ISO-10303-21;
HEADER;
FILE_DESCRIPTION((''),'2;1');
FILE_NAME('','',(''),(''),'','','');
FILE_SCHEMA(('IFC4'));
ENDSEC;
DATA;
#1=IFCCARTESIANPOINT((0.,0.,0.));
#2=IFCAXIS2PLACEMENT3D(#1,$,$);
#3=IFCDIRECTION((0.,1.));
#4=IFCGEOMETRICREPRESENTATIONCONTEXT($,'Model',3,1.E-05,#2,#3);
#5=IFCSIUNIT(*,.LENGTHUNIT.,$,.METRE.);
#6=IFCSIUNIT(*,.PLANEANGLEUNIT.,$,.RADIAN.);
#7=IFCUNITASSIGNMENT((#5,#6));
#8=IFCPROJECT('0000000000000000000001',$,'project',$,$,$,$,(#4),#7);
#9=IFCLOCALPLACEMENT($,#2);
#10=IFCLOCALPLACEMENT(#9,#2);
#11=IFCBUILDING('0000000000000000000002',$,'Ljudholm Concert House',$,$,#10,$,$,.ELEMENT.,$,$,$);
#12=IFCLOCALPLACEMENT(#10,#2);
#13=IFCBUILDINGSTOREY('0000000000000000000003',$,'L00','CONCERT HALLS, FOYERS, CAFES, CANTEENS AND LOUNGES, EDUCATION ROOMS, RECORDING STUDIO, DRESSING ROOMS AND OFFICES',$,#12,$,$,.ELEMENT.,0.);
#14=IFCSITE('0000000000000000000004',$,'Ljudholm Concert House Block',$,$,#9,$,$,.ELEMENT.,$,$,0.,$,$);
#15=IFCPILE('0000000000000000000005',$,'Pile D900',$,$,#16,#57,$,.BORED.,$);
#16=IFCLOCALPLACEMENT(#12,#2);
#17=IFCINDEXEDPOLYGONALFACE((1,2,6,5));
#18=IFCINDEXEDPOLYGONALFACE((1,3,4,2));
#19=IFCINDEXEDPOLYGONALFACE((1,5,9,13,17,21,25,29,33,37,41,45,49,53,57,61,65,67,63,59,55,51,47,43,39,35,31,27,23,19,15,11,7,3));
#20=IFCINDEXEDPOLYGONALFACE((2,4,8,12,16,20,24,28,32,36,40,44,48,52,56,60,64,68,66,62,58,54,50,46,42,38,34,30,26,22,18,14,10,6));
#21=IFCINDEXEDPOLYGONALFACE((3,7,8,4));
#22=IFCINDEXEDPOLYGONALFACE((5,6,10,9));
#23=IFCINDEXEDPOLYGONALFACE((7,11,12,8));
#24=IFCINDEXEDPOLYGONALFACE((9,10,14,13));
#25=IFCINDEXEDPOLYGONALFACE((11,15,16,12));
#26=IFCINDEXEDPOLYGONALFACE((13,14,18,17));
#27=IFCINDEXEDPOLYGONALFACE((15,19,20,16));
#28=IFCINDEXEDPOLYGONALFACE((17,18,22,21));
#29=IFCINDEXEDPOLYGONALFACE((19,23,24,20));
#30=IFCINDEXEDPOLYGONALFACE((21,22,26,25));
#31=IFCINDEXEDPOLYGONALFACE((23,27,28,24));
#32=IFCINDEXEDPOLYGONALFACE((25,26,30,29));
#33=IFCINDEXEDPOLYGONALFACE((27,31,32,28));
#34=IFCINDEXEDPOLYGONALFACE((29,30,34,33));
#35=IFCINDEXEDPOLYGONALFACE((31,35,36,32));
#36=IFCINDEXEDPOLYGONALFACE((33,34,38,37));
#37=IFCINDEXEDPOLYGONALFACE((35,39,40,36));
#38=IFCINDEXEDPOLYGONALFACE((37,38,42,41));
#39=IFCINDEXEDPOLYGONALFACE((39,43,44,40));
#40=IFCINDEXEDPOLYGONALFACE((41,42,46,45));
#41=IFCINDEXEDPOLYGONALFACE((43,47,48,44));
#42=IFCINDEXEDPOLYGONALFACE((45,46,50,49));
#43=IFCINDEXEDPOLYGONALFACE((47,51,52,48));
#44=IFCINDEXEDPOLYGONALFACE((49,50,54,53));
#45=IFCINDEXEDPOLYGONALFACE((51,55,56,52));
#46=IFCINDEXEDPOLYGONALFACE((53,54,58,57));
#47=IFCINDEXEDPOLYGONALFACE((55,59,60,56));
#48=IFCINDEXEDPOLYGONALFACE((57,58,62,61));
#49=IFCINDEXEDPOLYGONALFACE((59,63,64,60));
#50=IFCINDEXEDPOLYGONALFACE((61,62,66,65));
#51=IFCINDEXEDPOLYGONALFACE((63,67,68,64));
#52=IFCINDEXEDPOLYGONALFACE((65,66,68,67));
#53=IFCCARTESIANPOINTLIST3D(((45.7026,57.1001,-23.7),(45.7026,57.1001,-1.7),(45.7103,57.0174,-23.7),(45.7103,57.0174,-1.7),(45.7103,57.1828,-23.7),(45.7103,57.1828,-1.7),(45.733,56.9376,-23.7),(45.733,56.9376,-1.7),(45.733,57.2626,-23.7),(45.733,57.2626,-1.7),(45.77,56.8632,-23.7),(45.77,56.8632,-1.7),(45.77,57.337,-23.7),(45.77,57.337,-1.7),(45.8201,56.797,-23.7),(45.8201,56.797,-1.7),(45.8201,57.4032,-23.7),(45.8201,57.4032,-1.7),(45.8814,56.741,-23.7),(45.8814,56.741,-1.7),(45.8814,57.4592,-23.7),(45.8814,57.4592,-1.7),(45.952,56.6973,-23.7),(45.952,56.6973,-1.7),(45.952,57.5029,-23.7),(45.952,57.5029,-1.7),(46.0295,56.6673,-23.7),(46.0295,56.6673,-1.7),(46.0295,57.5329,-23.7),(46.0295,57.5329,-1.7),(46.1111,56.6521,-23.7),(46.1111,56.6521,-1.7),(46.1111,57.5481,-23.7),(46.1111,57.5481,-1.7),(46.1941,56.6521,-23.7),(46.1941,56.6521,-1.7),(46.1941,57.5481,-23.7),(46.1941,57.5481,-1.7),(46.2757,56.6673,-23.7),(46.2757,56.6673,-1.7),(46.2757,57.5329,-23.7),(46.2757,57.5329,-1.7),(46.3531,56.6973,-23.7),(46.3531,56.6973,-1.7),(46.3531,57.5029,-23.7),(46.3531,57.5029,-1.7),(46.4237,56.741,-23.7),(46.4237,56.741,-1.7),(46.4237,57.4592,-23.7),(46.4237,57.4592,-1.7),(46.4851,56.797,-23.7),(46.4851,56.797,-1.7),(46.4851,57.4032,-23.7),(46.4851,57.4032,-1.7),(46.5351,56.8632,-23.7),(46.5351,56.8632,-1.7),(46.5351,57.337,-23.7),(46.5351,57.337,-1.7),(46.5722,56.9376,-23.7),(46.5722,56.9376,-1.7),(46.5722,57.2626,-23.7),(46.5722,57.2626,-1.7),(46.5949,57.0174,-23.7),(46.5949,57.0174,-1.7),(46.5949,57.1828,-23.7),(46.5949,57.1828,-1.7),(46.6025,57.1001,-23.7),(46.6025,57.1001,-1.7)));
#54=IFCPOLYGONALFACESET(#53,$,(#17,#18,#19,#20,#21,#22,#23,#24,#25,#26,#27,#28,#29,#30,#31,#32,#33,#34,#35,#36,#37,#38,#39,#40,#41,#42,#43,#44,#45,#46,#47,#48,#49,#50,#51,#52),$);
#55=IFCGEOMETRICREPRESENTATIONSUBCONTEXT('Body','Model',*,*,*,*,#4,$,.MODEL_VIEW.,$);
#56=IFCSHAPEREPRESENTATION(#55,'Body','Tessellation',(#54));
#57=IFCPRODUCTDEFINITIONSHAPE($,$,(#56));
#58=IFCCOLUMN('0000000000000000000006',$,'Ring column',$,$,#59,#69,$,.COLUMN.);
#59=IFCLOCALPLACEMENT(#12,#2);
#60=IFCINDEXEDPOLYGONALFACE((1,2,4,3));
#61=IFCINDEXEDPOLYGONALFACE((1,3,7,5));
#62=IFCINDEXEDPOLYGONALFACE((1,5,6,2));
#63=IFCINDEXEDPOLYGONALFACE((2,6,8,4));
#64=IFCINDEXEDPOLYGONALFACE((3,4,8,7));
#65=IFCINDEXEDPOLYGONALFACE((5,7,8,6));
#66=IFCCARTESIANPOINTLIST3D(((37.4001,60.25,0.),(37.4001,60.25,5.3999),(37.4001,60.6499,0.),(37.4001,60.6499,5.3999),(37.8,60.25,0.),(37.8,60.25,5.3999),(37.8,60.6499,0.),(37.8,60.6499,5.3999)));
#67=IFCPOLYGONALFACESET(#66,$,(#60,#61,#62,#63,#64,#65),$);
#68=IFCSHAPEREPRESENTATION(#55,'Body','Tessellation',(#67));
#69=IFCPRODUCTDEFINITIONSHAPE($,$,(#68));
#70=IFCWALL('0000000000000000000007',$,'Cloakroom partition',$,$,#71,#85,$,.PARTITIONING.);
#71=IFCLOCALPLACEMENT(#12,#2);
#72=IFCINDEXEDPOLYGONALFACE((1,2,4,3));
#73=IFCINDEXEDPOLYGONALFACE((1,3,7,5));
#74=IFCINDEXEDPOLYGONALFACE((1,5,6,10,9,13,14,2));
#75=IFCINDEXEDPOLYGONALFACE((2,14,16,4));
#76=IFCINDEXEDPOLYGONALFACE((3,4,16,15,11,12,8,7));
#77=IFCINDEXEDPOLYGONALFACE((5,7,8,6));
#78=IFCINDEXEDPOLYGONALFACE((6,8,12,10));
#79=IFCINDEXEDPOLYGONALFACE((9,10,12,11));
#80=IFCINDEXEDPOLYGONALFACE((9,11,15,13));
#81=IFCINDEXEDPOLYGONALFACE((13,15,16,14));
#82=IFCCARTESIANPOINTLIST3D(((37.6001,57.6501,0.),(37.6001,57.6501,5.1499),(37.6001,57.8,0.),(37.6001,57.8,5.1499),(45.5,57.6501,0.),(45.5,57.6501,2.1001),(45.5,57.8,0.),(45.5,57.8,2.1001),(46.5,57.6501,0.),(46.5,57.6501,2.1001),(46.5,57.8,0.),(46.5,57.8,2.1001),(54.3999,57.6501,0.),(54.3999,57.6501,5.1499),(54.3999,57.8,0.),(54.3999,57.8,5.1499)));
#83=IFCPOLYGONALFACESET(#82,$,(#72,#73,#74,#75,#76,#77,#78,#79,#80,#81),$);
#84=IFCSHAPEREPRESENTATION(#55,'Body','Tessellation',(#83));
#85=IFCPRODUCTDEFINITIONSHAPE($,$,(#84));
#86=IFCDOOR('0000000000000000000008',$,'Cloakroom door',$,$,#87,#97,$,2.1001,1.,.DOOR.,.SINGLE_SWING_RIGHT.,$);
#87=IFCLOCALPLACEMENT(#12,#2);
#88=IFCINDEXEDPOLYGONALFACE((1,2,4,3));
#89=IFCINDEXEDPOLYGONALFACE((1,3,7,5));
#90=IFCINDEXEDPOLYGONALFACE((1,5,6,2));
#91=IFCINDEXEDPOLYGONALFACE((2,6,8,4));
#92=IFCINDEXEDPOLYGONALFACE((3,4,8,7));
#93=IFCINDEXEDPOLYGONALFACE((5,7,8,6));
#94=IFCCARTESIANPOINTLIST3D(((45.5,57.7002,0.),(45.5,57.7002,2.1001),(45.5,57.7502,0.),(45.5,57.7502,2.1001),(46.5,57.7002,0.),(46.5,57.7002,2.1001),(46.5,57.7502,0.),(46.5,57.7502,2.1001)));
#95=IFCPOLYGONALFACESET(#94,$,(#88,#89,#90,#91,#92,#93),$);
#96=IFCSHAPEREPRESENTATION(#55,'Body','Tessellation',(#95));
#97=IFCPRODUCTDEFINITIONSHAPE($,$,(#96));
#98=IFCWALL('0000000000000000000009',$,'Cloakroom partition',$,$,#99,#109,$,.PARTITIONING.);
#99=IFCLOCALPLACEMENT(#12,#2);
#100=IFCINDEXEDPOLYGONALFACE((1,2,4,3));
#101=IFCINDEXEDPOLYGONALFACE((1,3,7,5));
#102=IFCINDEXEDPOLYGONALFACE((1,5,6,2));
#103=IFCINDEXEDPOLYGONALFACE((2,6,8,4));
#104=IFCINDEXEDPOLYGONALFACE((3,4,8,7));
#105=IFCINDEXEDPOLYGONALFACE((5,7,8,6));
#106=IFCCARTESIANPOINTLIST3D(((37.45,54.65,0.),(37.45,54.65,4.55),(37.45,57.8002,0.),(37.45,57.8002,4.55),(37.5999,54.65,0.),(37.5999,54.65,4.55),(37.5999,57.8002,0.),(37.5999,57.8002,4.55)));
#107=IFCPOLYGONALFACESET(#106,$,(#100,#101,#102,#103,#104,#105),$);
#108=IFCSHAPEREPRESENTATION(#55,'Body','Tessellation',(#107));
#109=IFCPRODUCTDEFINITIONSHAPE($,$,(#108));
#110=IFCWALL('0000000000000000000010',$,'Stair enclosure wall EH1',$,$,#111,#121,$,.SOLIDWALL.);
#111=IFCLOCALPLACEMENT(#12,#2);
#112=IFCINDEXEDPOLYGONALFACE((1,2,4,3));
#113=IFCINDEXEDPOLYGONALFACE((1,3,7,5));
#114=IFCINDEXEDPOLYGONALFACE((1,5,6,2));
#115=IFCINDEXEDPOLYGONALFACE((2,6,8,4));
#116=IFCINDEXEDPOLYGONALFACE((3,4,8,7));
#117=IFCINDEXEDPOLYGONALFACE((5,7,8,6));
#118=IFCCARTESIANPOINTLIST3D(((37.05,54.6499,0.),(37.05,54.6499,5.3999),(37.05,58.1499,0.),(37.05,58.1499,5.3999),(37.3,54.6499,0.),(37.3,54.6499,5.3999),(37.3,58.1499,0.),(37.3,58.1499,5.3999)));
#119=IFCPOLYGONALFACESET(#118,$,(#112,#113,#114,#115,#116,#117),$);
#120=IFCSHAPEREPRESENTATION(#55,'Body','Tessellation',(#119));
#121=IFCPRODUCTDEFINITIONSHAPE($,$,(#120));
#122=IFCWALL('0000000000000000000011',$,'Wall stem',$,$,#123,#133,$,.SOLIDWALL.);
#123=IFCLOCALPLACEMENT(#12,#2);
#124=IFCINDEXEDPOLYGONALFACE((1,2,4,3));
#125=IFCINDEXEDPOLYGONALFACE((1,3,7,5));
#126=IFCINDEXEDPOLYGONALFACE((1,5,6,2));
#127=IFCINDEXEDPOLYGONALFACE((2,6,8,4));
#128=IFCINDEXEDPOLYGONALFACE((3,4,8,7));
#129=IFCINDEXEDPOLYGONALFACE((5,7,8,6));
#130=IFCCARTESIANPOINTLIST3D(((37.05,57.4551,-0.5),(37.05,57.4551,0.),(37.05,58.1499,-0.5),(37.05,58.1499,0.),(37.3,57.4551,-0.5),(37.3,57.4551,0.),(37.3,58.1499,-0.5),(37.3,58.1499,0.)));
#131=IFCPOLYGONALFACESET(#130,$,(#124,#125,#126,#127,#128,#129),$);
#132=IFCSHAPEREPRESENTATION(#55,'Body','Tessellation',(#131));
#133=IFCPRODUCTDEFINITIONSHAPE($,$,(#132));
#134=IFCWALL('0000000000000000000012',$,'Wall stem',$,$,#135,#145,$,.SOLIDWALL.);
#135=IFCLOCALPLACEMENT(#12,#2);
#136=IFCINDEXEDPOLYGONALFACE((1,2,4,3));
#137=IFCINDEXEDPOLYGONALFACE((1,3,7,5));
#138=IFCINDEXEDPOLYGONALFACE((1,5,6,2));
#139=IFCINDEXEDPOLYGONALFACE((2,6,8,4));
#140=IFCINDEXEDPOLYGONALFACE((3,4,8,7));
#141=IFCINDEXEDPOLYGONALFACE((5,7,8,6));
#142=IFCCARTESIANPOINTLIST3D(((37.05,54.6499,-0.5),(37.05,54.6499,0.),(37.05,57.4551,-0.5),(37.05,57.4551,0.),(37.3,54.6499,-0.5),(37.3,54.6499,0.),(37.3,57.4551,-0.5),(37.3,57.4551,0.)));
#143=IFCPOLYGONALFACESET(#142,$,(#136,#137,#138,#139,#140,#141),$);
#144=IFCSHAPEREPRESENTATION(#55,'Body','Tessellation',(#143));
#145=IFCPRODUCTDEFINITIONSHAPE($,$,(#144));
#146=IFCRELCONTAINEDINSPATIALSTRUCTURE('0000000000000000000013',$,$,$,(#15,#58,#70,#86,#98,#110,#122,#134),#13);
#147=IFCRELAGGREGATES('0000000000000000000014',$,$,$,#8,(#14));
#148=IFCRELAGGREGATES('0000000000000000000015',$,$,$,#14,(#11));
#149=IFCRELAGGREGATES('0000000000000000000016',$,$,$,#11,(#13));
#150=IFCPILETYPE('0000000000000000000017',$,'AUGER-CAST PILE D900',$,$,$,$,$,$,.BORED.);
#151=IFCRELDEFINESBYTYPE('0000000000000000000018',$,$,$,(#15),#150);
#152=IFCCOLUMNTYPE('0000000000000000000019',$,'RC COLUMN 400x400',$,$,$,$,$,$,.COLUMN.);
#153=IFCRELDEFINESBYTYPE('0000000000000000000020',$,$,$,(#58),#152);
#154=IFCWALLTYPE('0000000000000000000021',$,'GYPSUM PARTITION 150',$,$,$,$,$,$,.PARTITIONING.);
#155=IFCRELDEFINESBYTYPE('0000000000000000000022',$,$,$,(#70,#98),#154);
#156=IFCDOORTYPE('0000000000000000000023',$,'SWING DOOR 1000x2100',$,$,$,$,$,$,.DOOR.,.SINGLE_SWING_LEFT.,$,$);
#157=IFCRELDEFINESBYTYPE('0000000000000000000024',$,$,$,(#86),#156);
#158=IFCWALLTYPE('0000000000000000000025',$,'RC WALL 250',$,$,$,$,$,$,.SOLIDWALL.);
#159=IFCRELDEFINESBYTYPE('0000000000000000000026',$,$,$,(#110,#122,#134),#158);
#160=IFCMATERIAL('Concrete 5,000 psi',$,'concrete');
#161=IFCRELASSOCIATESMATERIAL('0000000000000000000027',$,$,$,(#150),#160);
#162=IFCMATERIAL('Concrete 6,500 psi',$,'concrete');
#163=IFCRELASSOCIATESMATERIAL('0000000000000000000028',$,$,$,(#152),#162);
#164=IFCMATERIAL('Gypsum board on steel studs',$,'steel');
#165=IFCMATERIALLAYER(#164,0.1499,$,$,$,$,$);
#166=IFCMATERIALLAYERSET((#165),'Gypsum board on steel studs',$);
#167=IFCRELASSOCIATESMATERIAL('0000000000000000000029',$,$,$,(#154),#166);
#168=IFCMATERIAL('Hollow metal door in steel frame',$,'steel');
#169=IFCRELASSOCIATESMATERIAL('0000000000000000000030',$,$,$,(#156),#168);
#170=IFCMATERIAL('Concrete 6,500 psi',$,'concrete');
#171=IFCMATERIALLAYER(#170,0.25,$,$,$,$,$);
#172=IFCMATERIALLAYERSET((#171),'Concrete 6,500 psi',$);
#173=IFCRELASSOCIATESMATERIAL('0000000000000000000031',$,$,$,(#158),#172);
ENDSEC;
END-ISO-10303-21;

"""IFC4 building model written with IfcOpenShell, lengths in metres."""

from ifc_helpers import new_model, si_unit, direction, frame, frame_2d, origin, origin_2d, place, context, subcontext, project, spatial, rectangle, circle, extrude, material, layer, layer_set, material_profile, profile_set, type_object, element, fill, save


model = new_model("IFC4")

# Units and contexts
model_context = context("Model", 3, precision=1e-05, world=origin(), true_north=direction((0.0, 1.0)))
body_context = subcontext(model_context, "Body", "Model", "MODEL_VIEW")
ifc_project = project(units=[si_unit("LENGTHUNIT", "METRE"), si_unit("PLANEANGLEUNIT", "RADIAN")], contexts=[model_context])

# Site, building, storey
site_placement = place(None, origin())
site = spatial("IfcSite", under=ifc_project, at=site_placement, Name="Ljudholm Concert House Block", CompositionType="ELEMENT", RefElevation=0.0)
building_placement = place(site_placement, origin())
building = spatial("IfcBuilding", under=site, at=building_placement, Name="Ljudholm Concert House", CompositionType="ELEMENT")
storey_placement = place(building_placement, origin())
storey = spatial("IfcBuildingStorey", under=building, at=storey_placement, Name="L00", Description="CONCERT HALLS, FOYERS, CAFES, CANTEENS AND LOUNGES, EDUCATION ROOMS, RECORDING STUDIO, DRESSING ROOMS AND OFFICES", CompositionType="ELEMENT", Elevation=0.0)

# Pile
ifc_material_1 = material(Name="Concrete 5,000 psi", Category="concrete")
ifc_material_profile_1 = material_profile(ifc_material_1, circle(Radius=0.45, at=origin_2d()), Name="AUGER-CAST PILE D900")
ifc_profile_set_1 = profile_set([ifc_material_profile_1], Name="Concrete 5,000 psi")
pile_type_1 = type_object("IfcPileType", Name="AUGER-CAST PILE D900", PredefinedType="BORED", material=ifc_profile_set_1)
for number, where, z_axis, x_axis, name in (
    (1, (46.1526, 57.1001, -1.7), (0.0, 0.0, -1.0), (1.0, 0.0, 0.0), "Pile D900"),
):
    element("IfcPile", number, at=place(storey_placement, frame(where, z_axis=z_axis, x_axis=x_axis)), inside=storey, type_object=pile_type_1, Name=name, PredefinedType="BORED", context=body_context, shape_type="SweptSolid", body=[
        extrude(circle(Radius=0.45, at=origin_2d()), origin(), (0.0, 0.0, 1.0), 22.0),
    ])

# Column
ifc_material_2 = material(Name="Concrete 6,500 psi", Category="concrete")
ifc_material_profile_2 = material_profile(ifc_material_2, rectangle(XDim=0.3999, YDim=0.3999, at=origin_2d()), Name="RC COLUMN 400x400")
ifc_profile_set_2 = profile_set([ifc_material_profile_2], Name="Concrete 6,500 psi")
column_type = type_object("IfcColumnType", Name="RC COLUMN 400x400", PredefinedType="COLUMN", material=ifc_profile_set_2)
column_placement = place(storey_placement, frame((37.6001, 60.45, 0.0), z_axis=(0.0, 0.0, 1.0), x_axis=(1.0, 0.0, 0.0)))
element("IfcColumn", 2, at=column_placement, inside=storey, type_object=column_type, Name="Ring column", PredefinedType="COLUMN", context=body_context, shape_type="SweptSolid", body=[
    extrude(rectangle(XDim=0.3999, YDim=0.3999, at=origin_2d()), origin(), (0.0, 0.0, 1.0), 5.3999),
])

# Wall, opening, door
ifc_material_3 = material(Name="Gypsum board on steel studs", Category="steel")
ifc_layer_1 = layer(ifc_material_3, 0.1499)
ifc_layer_set_1 = layer_set([ifc_layer_1], Name="Gypsum board on steel studs")
wall_type_1 = type_object("IfcWallType", Name="GYPSUM PARTITION 150", PredefinedType="PARTITIONING", material=ifc_layer_set_1)
wall_1_placement = place(storey_placement, frame((37.6001, 57.7251, 0.0), z_axis=(0.0, 0.0, 1.0), x_axis=(1.0, 0.0, 0.0)))
wall_1 = element("IfcWall", 3, at=wall_1_placement, inside=storey, type_object=wall_type_1, Name="Cloakroom partition", PredefinedType="PARTITIONING", context=body_context, shape_type="SweptSolid", body=[
    extrude(rectangle(XDim=16.7998, YDim=0.1499, at=frame_2d((8.3999, 0.0))), origin(), (0.0, 0.0, 1.0), 5.1499),
])
opening_placement = place(wall_1_placement, frame((7.8999, 0.0, 0.0)))
opening = element("IfcOpeningElement", 4, at=opening_placement, cuts=wall_1, PredefinedType="OPENING", context=body_context, shape_type="SweptSolid", body=[
    extrude(rectangle(XDim=1.0, YDim=2.1001, at=frame_2d((0.5, 1.05))), frame((0.0, 0.085, 0.0), z_axis=(0.0, -1.0, 0.0), x_axis=(1.0, 0.0, 0.0)), (0.0, 0.0, 1.0), 0.1699),
])
ifc_material_4 = material(Name="Hollow metal door in steel frame", Category="steel")
door_type = type_object("IfcDoorType", Name="SWING DOOR 1000x2100", OperationType="SINGLE_SWING_LEFT", PredefinedType="DOOR", material=ifc_material_4)
door_placement = place(opening_placement, frame((1.0, 0.0, 0.0), z_axis=(0.0, 0.0, 1.0), x_axis=(-1.0, 0.0, 0.0)))
door = element("IfcDoor", 5, at=door_placement, inside=storey, type_object=door_type, Name="Cloakroom door", OperationType="SINGLE_SWING_RIGHT", OverallHeight=2.1001, OverallWidth=1.0, PredefinedType="DOOR", context=body_context, shape_type="SweptSolid", body=[
    extrude(rectangle(XDim=1.0, YDim=2.1001, at=frame_2d((0.5, 1.05))), frame((0.0, 0.0249, 0.0), z_axis=(0.0, -1.0, 0.0), x_axis=(1.0, 0.0, 0.0)), (0.0, 0.0, 1.0), 0.05),
])
fill(opening, door)

# Walls
wall_2_placement = place(storey_placement, frame((37.5249, 54.6499, 0.0), z_axis=(0.0, 0.0, 1.0), x_axis=(0.0, 1.0, 0.0)))
element("IfcWall", 6, at=wall_2_placement, inside=storey, type_object=wall_type_1, Name="Cloakroom partition", PredefinedType="PARTITIONING", context=body_context, shape_type="SweptSolid", body=[
    extrude(rectangle(XDim=3.1501, YDim=0.1499, at=frame_2d((1.5752, 0.0))), origin(), (0.0, 0.0, 1.0), 4.55),
])
ifc_material_5 = material(Name="Concrete 6,500 psi", Category="concrete")
ifc_layer_2 = layer(ifc_material_5, 0.25)
ifc_layer_set_2 = layer_set([ifc_layer_2], Name="Concrete 6,500 psi")
wall_type_2 = type_object("IfcWallType", Name="RC WALL 250", PredefinedType="SOLIDWALL", material=ifc_layer_set_2)
wall_3_placement = place(storey_placement, frame((37.175, 54.6499, 0.0), z_axis=(0.0, 0.0, 1.0), x_axis=(0.0, 1.0, 0.0)))
element("IfcWall", 7, at=wall_3_placement, inside=storey, type_object=wall_type_2, Name="Stair enclosure wall EH1", PredefinedType="SOLIDWALL", context=body_context, shape_type="SweptSolid", body=[
    extrude(rectangle(XDim=3.5, YDim=0.25, at=frame_2d((1.75, 0.0))), origin(), (0.0, 0.0, 1.0), 5.3999),
])
wall_4_placement = place(storey_placement, frame((37.175, 57.4551, -0.5), z_axis=(0.0, 0.0, 1.0), x_axis=(0.0, 1.0, 0.0)))
element("IfcWall", 8, at=wall_4_placement, inside=storey, type_object=wall_type_2, Name="Wall stem", PredefinedType="SOLIDWALL", context=body_context, shape_type="SweptSolid", body=[
    extrude(rectangle(XDim=0.6948, YDim=0.25, at=frame_2d((0.3474, 0.0))), origin(), (0.0, 0.0, 1.0), 0.5),
])
wall_5_placement = place(storey_placement, frame((37.175, 54.6499, -0.5), z_axis=(0.0, 0.0, 1.0), x_axis=(0.0, 1.0, 0.0)))
element("IfcWall", 9, at=wall_5_placement, inside=storey, type_object=wall_type_2, Name="Wall stem", PredefinedType="SOLIDWALL", context=body_context, shape_type="SweptSolid", body=[
    extrude(rectangle(XDim=2.8052, YDim=0.25, at=frame_2d((1.4026, 0.0))), origin(), (0.0, 0.0, 1.0), 0.5),
])

save(model, "model.ifc")
